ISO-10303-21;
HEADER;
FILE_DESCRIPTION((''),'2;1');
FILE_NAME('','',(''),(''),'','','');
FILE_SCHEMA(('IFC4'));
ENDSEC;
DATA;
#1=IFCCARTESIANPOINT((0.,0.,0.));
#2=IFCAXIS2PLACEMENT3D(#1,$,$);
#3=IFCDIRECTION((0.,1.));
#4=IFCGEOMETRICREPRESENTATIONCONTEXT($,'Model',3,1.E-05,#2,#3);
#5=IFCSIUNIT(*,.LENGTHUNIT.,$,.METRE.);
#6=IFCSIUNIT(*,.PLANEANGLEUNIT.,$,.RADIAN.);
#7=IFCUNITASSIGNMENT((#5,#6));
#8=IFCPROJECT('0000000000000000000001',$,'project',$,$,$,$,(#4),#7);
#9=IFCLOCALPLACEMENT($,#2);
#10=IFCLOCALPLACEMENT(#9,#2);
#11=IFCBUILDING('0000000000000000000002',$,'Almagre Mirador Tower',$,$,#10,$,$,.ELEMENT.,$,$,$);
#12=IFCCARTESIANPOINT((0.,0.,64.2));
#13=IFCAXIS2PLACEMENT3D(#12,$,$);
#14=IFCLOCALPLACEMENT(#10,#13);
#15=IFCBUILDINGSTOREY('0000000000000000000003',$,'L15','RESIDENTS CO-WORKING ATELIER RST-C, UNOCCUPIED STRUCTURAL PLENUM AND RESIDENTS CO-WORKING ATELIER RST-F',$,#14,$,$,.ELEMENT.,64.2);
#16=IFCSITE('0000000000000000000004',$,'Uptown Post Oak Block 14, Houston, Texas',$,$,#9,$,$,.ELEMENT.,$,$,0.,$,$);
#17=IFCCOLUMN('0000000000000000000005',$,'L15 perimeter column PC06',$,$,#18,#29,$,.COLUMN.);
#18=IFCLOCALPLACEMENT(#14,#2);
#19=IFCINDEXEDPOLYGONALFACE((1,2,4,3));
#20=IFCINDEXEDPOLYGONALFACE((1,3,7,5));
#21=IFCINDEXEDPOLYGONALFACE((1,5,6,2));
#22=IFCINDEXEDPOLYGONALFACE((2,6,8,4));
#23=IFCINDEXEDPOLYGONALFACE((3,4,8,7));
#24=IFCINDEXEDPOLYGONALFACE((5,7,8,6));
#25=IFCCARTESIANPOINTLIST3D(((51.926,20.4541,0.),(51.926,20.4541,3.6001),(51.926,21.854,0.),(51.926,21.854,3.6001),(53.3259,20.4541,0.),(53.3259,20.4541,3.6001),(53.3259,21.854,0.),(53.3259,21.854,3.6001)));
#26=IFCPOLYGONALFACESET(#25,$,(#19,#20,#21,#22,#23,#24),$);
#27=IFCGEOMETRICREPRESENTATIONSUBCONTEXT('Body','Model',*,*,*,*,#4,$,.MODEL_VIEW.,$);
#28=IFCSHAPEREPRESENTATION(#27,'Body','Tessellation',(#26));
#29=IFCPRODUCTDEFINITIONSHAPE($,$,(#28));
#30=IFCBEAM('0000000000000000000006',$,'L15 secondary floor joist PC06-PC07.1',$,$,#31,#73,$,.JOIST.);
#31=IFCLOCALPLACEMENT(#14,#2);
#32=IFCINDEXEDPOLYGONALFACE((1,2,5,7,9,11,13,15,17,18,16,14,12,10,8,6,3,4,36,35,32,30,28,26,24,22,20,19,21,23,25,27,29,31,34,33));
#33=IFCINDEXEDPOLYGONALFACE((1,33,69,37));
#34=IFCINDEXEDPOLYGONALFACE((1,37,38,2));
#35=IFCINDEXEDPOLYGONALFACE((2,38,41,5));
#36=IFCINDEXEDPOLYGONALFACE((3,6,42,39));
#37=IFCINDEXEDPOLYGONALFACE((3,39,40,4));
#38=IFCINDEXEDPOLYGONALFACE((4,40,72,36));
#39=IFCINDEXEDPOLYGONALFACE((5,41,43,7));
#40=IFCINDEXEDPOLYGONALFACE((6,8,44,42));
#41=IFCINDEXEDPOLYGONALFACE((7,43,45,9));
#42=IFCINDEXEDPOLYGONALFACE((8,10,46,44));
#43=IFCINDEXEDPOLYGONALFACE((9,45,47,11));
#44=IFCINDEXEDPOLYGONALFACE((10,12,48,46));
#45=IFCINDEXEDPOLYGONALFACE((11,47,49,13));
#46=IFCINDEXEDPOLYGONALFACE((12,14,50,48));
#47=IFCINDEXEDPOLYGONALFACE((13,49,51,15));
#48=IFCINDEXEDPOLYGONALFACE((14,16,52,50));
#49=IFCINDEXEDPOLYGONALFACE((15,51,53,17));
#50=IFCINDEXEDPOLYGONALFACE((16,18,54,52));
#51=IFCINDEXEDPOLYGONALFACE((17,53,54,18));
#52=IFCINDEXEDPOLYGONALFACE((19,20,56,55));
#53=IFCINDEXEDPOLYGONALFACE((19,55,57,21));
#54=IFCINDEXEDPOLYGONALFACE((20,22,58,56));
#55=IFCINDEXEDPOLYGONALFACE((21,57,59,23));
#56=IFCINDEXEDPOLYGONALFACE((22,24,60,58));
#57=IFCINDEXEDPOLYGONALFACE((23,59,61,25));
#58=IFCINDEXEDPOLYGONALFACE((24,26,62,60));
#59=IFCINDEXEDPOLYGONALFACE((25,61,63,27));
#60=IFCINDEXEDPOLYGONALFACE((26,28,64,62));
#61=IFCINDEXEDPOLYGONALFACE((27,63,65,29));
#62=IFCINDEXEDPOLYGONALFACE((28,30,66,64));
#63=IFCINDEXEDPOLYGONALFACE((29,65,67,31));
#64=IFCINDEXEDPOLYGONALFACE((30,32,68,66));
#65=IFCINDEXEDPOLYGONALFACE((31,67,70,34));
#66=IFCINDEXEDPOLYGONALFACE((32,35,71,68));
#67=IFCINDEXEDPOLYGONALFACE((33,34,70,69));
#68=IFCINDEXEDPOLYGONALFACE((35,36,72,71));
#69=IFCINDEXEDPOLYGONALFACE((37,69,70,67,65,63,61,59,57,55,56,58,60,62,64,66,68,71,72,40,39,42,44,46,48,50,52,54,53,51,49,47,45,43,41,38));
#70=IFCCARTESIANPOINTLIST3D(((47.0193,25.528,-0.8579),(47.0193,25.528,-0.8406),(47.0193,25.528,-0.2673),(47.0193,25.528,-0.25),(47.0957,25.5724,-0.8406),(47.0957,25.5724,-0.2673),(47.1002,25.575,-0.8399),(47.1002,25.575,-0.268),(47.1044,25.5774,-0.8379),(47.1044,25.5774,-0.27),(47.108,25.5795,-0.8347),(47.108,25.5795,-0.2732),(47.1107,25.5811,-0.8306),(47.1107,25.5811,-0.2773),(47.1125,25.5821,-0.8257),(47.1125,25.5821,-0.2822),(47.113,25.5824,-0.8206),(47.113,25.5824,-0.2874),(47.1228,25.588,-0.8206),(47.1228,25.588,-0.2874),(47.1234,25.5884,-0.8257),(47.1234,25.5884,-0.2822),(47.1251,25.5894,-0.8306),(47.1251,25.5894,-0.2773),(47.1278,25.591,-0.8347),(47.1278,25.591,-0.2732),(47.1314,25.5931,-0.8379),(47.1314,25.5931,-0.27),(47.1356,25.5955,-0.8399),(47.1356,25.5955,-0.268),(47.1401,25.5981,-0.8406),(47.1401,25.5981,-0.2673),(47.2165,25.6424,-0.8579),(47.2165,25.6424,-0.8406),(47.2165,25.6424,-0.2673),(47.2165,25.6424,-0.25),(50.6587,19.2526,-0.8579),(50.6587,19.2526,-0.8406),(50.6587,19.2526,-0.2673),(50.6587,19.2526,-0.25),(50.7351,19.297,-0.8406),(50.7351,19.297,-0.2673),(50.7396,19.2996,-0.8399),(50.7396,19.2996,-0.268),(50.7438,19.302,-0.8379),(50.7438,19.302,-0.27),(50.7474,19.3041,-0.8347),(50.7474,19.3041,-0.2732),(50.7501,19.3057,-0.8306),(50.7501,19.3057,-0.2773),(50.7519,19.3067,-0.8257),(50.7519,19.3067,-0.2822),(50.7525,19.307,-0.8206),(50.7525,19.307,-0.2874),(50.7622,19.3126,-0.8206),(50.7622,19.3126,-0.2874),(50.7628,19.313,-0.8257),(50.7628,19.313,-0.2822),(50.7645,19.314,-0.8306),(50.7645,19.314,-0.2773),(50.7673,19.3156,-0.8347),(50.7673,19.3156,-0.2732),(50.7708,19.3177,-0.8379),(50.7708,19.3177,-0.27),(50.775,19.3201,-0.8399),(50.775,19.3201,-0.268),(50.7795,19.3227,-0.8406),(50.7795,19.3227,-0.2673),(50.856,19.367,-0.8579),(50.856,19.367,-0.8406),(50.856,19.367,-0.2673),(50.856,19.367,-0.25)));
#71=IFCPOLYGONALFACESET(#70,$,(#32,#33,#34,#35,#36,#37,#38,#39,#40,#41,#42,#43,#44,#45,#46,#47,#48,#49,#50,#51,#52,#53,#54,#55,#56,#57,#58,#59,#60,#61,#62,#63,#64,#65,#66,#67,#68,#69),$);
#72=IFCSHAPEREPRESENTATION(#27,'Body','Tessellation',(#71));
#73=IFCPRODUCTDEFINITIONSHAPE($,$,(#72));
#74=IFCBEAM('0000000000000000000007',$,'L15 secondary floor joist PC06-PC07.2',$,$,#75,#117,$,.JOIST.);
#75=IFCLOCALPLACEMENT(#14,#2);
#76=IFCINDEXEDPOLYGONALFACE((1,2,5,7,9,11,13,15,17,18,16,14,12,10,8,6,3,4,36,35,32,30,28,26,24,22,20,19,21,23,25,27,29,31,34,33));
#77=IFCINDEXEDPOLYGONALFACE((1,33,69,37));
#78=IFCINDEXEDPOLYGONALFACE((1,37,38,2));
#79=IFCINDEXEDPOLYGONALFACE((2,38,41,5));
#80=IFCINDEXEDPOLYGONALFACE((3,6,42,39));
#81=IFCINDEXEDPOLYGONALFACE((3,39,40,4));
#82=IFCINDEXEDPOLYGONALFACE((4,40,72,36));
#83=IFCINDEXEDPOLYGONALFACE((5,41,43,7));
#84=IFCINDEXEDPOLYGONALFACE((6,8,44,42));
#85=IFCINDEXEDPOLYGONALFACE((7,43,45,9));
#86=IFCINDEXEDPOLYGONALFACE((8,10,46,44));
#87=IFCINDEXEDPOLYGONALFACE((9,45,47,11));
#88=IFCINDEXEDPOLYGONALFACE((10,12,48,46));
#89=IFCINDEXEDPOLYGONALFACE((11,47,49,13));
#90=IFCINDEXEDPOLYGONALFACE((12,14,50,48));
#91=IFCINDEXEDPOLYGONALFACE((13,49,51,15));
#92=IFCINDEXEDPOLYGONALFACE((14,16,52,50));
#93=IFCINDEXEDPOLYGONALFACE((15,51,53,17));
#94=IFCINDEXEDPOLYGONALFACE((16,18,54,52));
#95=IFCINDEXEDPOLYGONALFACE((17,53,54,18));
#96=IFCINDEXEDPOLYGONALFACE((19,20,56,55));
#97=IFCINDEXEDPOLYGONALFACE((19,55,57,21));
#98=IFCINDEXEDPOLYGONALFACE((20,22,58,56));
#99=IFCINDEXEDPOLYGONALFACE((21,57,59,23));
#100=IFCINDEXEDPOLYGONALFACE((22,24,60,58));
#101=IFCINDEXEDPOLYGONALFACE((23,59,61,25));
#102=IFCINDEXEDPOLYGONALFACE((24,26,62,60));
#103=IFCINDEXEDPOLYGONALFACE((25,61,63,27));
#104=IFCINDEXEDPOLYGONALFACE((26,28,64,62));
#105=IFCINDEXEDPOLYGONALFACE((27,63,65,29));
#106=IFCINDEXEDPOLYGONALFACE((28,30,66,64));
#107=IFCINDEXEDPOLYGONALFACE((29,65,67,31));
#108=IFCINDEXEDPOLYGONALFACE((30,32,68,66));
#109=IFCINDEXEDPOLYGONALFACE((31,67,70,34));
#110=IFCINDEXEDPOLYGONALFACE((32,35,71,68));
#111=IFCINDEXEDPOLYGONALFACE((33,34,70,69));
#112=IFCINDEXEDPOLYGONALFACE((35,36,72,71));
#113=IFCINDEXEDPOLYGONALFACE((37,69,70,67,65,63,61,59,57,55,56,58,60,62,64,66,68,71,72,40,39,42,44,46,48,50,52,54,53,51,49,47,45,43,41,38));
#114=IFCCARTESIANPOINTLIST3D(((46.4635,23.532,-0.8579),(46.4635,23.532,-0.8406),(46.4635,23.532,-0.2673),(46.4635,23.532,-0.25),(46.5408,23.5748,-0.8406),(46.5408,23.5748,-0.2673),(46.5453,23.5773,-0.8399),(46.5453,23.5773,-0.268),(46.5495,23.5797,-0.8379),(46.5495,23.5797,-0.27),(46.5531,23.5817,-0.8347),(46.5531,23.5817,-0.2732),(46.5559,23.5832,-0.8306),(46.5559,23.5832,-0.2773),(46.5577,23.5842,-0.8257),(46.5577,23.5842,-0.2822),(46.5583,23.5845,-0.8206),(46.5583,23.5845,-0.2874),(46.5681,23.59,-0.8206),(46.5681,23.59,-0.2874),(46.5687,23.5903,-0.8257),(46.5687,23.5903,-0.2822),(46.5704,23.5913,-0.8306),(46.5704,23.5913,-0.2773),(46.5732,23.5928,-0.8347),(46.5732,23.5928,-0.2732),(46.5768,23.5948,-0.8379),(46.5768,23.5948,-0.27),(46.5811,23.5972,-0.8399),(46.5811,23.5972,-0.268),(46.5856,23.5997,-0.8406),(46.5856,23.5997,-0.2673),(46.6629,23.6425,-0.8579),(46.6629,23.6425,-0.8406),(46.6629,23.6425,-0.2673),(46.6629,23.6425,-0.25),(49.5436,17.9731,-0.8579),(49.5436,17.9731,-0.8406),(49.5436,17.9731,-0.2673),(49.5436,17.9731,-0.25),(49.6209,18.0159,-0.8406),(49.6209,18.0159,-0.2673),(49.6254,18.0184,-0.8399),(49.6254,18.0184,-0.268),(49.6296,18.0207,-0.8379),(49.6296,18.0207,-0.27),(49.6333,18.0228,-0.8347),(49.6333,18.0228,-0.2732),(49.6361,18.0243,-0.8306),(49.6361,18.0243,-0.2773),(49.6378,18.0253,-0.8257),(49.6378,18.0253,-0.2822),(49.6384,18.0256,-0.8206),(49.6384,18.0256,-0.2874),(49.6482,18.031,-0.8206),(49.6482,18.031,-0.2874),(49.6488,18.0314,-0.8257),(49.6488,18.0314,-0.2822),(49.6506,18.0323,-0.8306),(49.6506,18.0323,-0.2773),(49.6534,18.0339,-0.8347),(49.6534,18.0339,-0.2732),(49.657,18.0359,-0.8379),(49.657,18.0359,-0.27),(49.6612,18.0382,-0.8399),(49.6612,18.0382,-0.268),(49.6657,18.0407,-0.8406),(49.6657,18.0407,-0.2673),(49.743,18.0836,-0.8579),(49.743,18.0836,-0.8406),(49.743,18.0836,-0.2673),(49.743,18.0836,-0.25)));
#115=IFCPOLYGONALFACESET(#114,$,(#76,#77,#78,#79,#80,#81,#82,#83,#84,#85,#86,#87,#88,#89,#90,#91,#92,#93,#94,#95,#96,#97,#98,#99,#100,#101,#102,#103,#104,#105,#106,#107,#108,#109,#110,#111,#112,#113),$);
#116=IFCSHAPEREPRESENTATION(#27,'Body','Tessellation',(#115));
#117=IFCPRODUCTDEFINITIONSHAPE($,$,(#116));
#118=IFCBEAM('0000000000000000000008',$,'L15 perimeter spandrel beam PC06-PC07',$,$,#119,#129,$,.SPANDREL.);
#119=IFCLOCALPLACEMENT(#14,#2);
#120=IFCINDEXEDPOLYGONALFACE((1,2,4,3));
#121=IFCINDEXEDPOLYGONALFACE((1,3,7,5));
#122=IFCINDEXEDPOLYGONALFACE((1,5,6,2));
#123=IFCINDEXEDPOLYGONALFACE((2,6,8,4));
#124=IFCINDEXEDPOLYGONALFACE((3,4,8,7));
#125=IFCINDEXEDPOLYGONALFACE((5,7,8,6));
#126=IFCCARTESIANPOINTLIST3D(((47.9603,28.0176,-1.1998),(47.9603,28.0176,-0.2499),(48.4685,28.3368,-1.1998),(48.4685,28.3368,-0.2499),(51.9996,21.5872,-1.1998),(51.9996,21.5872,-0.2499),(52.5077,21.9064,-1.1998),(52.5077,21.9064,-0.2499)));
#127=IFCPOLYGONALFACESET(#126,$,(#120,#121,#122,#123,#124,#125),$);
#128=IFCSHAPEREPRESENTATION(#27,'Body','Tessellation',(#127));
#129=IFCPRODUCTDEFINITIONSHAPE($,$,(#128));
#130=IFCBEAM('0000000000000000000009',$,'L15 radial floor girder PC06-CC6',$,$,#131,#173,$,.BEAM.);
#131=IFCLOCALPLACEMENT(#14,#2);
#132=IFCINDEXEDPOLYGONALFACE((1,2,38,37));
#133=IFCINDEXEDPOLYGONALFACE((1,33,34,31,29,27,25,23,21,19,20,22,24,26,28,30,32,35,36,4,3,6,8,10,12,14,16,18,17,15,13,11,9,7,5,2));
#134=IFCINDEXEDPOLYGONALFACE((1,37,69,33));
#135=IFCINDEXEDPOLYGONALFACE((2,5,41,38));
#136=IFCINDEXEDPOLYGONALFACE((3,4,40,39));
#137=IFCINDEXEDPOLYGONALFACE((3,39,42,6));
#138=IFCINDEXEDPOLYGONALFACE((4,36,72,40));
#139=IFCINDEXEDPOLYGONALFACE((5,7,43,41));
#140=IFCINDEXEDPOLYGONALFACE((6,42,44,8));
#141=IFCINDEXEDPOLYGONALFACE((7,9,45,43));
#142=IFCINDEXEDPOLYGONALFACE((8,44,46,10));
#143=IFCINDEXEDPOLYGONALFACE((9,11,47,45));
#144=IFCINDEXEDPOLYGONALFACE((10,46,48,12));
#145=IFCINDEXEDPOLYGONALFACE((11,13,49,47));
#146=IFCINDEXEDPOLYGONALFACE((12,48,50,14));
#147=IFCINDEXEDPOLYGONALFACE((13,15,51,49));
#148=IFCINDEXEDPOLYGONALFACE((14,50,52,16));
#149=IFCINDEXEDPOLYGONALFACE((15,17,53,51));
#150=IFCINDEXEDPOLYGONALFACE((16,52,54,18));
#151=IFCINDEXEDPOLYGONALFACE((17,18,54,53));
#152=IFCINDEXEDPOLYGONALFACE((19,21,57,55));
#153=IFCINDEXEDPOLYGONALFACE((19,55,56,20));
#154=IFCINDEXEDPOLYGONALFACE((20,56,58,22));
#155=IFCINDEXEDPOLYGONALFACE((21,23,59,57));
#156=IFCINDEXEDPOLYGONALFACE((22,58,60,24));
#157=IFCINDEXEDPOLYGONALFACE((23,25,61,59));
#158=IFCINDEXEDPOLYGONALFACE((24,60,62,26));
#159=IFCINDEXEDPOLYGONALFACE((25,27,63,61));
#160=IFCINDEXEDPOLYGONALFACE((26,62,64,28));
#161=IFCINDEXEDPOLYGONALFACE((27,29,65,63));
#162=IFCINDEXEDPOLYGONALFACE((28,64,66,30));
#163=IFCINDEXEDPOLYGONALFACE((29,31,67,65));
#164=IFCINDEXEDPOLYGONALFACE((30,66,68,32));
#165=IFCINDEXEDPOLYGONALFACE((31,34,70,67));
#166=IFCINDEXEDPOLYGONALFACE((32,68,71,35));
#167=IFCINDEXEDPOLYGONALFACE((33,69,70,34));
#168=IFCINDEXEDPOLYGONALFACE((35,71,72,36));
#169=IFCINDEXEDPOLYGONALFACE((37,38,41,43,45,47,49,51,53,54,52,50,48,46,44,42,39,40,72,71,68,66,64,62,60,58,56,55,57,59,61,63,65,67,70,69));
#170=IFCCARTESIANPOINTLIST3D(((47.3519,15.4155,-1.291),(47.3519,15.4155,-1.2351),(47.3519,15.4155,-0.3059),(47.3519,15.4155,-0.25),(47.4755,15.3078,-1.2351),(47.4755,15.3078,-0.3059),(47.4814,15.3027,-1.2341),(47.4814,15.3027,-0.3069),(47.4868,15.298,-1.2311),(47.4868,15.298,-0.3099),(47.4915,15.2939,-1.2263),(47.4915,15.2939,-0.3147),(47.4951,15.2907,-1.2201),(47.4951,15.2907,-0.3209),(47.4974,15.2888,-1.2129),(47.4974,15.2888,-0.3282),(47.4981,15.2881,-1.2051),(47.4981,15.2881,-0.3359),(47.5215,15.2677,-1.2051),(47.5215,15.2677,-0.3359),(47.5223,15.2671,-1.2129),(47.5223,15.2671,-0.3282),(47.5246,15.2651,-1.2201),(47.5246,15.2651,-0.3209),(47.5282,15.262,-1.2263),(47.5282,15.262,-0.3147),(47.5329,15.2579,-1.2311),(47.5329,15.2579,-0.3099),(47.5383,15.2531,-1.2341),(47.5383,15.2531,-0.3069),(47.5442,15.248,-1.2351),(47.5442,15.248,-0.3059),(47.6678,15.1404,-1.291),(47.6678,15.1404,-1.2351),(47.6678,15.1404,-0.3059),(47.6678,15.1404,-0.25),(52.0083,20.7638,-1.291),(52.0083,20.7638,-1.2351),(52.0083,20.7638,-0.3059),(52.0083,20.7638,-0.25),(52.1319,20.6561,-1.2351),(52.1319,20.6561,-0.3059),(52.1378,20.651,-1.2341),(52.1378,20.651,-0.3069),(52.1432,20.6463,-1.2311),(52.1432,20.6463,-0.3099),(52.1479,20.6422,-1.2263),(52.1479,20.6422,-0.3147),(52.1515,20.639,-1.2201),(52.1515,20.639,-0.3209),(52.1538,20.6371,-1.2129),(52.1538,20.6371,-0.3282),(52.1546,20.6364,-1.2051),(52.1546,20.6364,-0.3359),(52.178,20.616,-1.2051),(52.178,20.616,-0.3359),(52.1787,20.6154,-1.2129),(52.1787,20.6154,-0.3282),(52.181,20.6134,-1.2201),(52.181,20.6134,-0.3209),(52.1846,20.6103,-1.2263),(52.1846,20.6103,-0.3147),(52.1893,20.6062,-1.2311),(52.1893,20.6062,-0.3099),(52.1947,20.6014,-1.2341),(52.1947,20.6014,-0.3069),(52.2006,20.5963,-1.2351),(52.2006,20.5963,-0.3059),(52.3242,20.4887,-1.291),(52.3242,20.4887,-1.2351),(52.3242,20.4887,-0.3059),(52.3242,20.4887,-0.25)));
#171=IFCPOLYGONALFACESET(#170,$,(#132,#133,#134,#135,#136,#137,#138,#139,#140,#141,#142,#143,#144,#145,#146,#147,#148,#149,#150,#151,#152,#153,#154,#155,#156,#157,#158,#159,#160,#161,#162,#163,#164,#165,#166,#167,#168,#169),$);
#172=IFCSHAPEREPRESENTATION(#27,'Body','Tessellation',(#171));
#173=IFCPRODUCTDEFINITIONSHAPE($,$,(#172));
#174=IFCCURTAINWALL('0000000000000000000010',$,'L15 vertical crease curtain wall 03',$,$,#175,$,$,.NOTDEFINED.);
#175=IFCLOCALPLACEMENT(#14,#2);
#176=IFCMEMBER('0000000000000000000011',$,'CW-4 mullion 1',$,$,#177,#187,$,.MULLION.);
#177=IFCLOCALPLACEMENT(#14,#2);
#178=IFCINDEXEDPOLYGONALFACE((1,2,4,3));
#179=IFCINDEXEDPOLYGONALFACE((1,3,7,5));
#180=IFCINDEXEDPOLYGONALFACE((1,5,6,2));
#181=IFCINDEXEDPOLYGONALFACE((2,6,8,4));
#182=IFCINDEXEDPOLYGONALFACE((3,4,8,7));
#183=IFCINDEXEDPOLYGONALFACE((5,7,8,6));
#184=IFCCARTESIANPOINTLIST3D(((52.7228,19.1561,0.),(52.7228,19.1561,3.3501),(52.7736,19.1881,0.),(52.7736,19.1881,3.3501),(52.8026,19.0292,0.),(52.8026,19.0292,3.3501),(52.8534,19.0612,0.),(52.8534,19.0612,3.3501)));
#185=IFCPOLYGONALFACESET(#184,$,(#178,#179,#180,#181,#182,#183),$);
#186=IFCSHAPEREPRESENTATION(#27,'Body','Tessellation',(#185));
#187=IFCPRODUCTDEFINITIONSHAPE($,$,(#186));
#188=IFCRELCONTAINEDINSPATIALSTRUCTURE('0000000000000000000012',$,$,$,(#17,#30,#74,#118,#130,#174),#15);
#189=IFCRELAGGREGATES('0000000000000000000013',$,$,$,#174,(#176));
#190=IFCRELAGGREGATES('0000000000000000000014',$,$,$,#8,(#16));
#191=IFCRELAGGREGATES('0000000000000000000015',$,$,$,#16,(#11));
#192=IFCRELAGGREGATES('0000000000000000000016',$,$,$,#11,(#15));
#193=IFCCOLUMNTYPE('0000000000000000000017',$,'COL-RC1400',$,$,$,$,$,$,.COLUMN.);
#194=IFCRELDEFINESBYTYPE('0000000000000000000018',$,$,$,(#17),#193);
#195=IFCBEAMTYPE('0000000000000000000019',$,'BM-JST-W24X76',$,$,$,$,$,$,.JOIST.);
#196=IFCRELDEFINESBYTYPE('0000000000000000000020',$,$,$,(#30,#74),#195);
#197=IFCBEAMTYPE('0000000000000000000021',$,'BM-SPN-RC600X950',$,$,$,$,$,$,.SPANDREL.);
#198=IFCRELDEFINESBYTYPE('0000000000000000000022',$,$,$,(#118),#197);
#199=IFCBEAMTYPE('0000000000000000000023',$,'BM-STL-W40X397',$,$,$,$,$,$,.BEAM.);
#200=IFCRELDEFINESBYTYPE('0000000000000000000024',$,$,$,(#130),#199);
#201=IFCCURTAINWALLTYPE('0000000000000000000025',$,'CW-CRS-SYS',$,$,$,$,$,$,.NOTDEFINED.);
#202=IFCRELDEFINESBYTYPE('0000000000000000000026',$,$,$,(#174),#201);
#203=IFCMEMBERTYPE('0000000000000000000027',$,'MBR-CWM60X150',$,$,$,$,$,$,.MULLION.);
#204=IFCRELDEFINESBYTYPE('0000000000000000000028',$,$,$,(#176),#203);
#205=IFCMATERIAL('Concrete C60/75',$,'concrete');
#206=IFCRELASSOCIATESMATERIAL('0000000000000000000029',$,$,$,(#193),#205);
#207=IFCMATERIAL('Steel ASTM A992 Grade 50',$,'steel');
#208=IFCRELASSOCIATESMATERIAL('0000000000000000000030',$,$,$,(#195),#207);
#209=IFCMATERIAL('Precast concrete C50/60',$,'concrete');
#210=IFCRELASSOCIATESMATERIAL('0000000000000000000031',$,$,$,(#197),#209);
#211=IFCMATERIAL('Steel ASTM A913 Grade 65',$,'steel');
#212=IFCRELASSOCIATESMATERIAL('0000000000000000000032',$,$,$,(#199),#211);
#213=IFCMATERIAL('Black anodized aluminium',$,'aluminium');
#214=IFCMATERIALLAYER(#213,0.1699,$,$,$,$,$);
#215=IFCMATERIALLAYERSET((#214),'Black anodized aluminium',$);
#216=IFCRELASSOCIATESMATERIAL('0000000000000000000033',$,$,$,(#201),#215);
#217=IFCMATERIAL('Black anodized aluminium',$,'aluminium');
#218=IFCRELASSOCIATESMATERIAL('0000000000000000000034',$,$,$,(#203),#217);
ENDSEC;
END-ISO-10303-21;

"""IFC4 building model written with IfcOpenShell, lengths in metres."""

from ifc_helpers import new_model, si_unit, direction, frame, origin, origin_2d, place, context, subcontext, project, spatial, rectangle, i_section, extrude, material, layer, layer_set, material_profile, profile_set, type_object, element, aggregate, save


model = new_model("IFC4")

# Units and contexts
model_context = context("Model", 3, precision=1e-05, world=origin(), true_north=direction((0.0, 1.0)))
body_context = subcontext(model_context, "Body", "Model", "MODEL_VIEW")
ifc_project = project(units=[si_unit("LENGTHUNIT", "METRE"), si_unit("PLANEANGLEUNIT", "RADIAN")], contexts=[model_context])

# Site, building, storey
site_placement = place(None, origin())
site = spatial("IfcSite", under=ifc_project, at=site_placement, Name="Uptown Post Oak Block 14, Houston, Texas", CompositionType="ELEMENT", RefElevation=0.0)
building_placement = place(site_placement, origin())
building = spatial("IfcBuilding", under=site, at=building_placement, Name="Almagre Mirador Tower", CompositionType="ELEMENT")
storey_placement = place(building_placement, frame((0.0, 0.0, 64.2)))
storey = spatial("IfcBuildingStorey", under=building, at=storey_placement, Name="L15", Description="RESIDENTS CO-WORKING ATELIER RST-C, UNOCCUPIED STRUCTURAL PLENUM AND RESIDENTS CO-WORKING ATELIER RST-F", CompositionType="ELEMENT", Elevation=64.2)

# Column
ifc_material_1 = material(Name="Concrete C60/75", Category="concrete")
ifc_material_profile_1 = material_profile(ifc_material_1, rectangle(XDim=1.3999, YDim=1.3999, at=origin_2d()), Name="RC1400X1400")
ifc_profile_set_1 = profile_set([ifc_material_profile_1], Name="Concrete C60/75")
column_type = type_object("IfcColumnType", Name="COL-RC1400", PredefinedType="COLUMN", material=ifc_profile_set_1)
column_placement = place(storey_placement, frame((52.626, 21.1541, 0.0), z_axis=(0.0, 0.0, 1.0), x_axis=(1.0, 0.0, 0.0)))
element("IfcColumn", 1, at=column_placement, inside=storey, type_object=column_type, Name="L15 perimeter column PC06", PredefinedType="COLUMN", context=body_context, shape_type="SweptSolid", body=[
    extrude(rectangle(XDim=1.3999, YDim=1.3999, at=origin_2d()), origin(), (0.0, 0.0, 1.0), 3.6001),
])

# Beams
ifc_material_2 = material(Name="Steel ASTM A992 Grade 50", Category="steel")
ifc_material_profile_2 = material_profile(ifc_material_2, i_section(OverallWidth=0.228, OverallDepth=0.6079, WebThickness=0.0112, FlangeThickness=0.0173, FilletRadius=0.02, at=origin_2d()), Name="W24X76")
ifc_profile_set_2 = profile_set([ifc_material_profile_2], Name="Steel ASTM A992 Grade 50")
beam_type_1 = type_object("IfcBeamType", Name="BM-JST-W24X76", PredefinedType="JOIST", material=ifc_profile_set_2)
beam_1_placement = place(storey_placement, frame((50.7573, 19.3098, -0.554), z_axis=(-0.501685, 0.86505, 0.0), x_axis=(-0.86505, -0.501685, 0.0)))
element("IfcBeam", 2, at=beam_1_placement, inside=storey, type_object=beam_type_1, Name="L15 secondary floor joist PC06-PC07.1", PredefinedType="JOIST", context=body_context, shape_type="SweptSolid", body=[
    extrude(i_section(OverallWidth=0.228, OverallDepth=0.6079, WebThickness=0.0112, FlangeThickness=0.0173, FilletRadius=0.02, at=origin_2d()), origin(), (0.0, 0.0, 1.0), 7.2544),
])
beam_2_placement = place(storey_placement, frame((49.6433, 18.0283, -0.554), z_axis=(-0.484661, 0.874702, 0.0), x_axis=(-0.874702, -0.484661, 0.0)))
element("IfcBeam", 3, at=beam_2_placement, inside=storey, type_object=beam_type_1, Name="L15 secondary floor joist PC06-PC07.2", PredefinedType="JOIST", context=body_context, shape_type="SweptSolid", body=[
    extrude(i_section(OverallWidth=0.228, OverallDepth=0.6079, WebThickness=0.0112, FlangeThickness=0.0173, FilletRadius=0.02, at=origin_2d()), origin(), (0.0, 0.0, 1.0), 6.3552),
])
ifc_material_3 = material(Name="Precast concrete C50/60", Category="concrete")
ifc_material_profile_3 = material_profile(ifc_material_3, rectangle(XDim=0.6001, YDim=0.95, at=origin_2d()), Name="RC600X950")
ifc_profile_set_3 = profile_set([ifc_material_profile_3], Name="Precast concrete C50/60")
beam_type_2 = type_object("IfcBeamType", Name="BM-SPN-RC600X950", PredefinedType="SPANDREL", material=ifc_profile_set_3)
beam_3_placement = place(storey_placement, frame((52.2537, 21.7468, -0.7249), z_axis=(-0.531919, 0.846795, 0.0), x_axis=(-0.846795, -0.531919, 0.0)))
element("IfcBeam", 4, at=beam_3_placement, inside=storey, type_object=beam_type_2, Name="L15 perimeter spandrel beam PC06-PC07", PredefinedType="SPANDREL", context=body_context, shape_type="SweptSolid", body=[
    extrude(rectangle(XDim=0.6001, YDim=0.95, at=origin_2d()), origin(), (0.0, 0.0, 1.0), 7.5938),
])
ifc_material_4 = material(Name="Steel ASTM A913 Grade 65", Category="steel")
ifc_material_profile_4 = material_profile(ifc_material_4, i_section(OverallWidth=0.4189, OverallDepth=1.041, WebThickness=0.031, FlangeThickness=0.0559, FilletRadius=0.03, at=origin_2d()), Name="W40X397")
ifc_profile_set_4 = profile_set([ifc_material_profile_4], Name="Steel ASTM A913 Grade 65")
beam_type_3 = type_object("IfcBeamType", Name="BM-STL-W40X397", PredefinedType="BEAM", material=ifc_profile_set_4)
beam_4_placement = place(storey_placement, frame((52.1663, 20.6262, -0.7705), z_axis=(-0.656638, -0.754206, 0.0), x_axis=(0.754206, -0.656638, 0.0)))
element("IfcBeam", 5, at=beam_4_placement, inside=storey, type_object=beam_type_3, Name="L15 radial floor girder PC06-CC6", PredefinedType="BEAM", context=body_context, shape_type="SweptSolid", body=[
    extrude(i_section(OverallWidth=0.4189, OverallDepth=1.041, WebThickness=0.031, FlangeThickness=0.0559, FilletRadius=0.03, at=origin_2d()), origin(), (0.0, 0.0, 1.0), 7.0913),
])

# Curtain wall, member
ifc_material_5 = material(Name="Black anodized aluminium", Category="aluminium")
ifc_layer_1 = layer(ifc_material_5, 0.1699)
ifc_layer_set_1 = layer_set([ifc_layer_1], Name="Black anodized aluminium")
curtain_wall_type = type_object("IfcCurtainWallType", Name="CW-CRS-SYS", PredefinedType="NOTDEFINED", material=ifc_layer_set_1)
curtain_wall_placement = place(storey_placement, origin())
curtain_wall = element("IfcCurtainWall", 6, at=curtain_wall_placement, inside=storey, type_object=curtain_wall_type, Name="L15 vertical crease curtain wall 03", PredefinedType="NOTDEFINED")
ifc_material_6 = material(Name="Black anodized aluminium", Category="aluminium")
ifc_material_profile_5 = material_profile(ifc_material_6, rectangle(XDim=0.0601, YDim=0.1499, at=origin_2d()), Name="CWM60X150")
ifc_profile_set_5 = profile_set([ifc_material_profile_5], Name="Black anodized aluminium")
member_type_1 = type_object("IfcMemberType", Name="MBR-CWM60X150", PredefinedType="MULLION", material=ifc_profile_set_5)
member_1_placement = place(storey_placement, frame((52.7881, 19.1086, 0.0), z_axis=(0.0, 0.0, 1.0), x_axis=(0.846624, 0.532191, 0.0)))
member_1 = element("IfcMember", 7, at=member_1_placement, type_object=member_type_1, Name="CW-4 mullion 1", PredefinedType="MULLION", context=body_context, shape_type="SweptSolid", body=[
    extrude(rectangle(XDim=0.0601, YDim=0.1499, at=origin_2d()), origin(), (0.0, 0.0, 1.0), 3.3501),
])
aggregate(curtain_wall, [member_1])

save(model, "model.ifc")
